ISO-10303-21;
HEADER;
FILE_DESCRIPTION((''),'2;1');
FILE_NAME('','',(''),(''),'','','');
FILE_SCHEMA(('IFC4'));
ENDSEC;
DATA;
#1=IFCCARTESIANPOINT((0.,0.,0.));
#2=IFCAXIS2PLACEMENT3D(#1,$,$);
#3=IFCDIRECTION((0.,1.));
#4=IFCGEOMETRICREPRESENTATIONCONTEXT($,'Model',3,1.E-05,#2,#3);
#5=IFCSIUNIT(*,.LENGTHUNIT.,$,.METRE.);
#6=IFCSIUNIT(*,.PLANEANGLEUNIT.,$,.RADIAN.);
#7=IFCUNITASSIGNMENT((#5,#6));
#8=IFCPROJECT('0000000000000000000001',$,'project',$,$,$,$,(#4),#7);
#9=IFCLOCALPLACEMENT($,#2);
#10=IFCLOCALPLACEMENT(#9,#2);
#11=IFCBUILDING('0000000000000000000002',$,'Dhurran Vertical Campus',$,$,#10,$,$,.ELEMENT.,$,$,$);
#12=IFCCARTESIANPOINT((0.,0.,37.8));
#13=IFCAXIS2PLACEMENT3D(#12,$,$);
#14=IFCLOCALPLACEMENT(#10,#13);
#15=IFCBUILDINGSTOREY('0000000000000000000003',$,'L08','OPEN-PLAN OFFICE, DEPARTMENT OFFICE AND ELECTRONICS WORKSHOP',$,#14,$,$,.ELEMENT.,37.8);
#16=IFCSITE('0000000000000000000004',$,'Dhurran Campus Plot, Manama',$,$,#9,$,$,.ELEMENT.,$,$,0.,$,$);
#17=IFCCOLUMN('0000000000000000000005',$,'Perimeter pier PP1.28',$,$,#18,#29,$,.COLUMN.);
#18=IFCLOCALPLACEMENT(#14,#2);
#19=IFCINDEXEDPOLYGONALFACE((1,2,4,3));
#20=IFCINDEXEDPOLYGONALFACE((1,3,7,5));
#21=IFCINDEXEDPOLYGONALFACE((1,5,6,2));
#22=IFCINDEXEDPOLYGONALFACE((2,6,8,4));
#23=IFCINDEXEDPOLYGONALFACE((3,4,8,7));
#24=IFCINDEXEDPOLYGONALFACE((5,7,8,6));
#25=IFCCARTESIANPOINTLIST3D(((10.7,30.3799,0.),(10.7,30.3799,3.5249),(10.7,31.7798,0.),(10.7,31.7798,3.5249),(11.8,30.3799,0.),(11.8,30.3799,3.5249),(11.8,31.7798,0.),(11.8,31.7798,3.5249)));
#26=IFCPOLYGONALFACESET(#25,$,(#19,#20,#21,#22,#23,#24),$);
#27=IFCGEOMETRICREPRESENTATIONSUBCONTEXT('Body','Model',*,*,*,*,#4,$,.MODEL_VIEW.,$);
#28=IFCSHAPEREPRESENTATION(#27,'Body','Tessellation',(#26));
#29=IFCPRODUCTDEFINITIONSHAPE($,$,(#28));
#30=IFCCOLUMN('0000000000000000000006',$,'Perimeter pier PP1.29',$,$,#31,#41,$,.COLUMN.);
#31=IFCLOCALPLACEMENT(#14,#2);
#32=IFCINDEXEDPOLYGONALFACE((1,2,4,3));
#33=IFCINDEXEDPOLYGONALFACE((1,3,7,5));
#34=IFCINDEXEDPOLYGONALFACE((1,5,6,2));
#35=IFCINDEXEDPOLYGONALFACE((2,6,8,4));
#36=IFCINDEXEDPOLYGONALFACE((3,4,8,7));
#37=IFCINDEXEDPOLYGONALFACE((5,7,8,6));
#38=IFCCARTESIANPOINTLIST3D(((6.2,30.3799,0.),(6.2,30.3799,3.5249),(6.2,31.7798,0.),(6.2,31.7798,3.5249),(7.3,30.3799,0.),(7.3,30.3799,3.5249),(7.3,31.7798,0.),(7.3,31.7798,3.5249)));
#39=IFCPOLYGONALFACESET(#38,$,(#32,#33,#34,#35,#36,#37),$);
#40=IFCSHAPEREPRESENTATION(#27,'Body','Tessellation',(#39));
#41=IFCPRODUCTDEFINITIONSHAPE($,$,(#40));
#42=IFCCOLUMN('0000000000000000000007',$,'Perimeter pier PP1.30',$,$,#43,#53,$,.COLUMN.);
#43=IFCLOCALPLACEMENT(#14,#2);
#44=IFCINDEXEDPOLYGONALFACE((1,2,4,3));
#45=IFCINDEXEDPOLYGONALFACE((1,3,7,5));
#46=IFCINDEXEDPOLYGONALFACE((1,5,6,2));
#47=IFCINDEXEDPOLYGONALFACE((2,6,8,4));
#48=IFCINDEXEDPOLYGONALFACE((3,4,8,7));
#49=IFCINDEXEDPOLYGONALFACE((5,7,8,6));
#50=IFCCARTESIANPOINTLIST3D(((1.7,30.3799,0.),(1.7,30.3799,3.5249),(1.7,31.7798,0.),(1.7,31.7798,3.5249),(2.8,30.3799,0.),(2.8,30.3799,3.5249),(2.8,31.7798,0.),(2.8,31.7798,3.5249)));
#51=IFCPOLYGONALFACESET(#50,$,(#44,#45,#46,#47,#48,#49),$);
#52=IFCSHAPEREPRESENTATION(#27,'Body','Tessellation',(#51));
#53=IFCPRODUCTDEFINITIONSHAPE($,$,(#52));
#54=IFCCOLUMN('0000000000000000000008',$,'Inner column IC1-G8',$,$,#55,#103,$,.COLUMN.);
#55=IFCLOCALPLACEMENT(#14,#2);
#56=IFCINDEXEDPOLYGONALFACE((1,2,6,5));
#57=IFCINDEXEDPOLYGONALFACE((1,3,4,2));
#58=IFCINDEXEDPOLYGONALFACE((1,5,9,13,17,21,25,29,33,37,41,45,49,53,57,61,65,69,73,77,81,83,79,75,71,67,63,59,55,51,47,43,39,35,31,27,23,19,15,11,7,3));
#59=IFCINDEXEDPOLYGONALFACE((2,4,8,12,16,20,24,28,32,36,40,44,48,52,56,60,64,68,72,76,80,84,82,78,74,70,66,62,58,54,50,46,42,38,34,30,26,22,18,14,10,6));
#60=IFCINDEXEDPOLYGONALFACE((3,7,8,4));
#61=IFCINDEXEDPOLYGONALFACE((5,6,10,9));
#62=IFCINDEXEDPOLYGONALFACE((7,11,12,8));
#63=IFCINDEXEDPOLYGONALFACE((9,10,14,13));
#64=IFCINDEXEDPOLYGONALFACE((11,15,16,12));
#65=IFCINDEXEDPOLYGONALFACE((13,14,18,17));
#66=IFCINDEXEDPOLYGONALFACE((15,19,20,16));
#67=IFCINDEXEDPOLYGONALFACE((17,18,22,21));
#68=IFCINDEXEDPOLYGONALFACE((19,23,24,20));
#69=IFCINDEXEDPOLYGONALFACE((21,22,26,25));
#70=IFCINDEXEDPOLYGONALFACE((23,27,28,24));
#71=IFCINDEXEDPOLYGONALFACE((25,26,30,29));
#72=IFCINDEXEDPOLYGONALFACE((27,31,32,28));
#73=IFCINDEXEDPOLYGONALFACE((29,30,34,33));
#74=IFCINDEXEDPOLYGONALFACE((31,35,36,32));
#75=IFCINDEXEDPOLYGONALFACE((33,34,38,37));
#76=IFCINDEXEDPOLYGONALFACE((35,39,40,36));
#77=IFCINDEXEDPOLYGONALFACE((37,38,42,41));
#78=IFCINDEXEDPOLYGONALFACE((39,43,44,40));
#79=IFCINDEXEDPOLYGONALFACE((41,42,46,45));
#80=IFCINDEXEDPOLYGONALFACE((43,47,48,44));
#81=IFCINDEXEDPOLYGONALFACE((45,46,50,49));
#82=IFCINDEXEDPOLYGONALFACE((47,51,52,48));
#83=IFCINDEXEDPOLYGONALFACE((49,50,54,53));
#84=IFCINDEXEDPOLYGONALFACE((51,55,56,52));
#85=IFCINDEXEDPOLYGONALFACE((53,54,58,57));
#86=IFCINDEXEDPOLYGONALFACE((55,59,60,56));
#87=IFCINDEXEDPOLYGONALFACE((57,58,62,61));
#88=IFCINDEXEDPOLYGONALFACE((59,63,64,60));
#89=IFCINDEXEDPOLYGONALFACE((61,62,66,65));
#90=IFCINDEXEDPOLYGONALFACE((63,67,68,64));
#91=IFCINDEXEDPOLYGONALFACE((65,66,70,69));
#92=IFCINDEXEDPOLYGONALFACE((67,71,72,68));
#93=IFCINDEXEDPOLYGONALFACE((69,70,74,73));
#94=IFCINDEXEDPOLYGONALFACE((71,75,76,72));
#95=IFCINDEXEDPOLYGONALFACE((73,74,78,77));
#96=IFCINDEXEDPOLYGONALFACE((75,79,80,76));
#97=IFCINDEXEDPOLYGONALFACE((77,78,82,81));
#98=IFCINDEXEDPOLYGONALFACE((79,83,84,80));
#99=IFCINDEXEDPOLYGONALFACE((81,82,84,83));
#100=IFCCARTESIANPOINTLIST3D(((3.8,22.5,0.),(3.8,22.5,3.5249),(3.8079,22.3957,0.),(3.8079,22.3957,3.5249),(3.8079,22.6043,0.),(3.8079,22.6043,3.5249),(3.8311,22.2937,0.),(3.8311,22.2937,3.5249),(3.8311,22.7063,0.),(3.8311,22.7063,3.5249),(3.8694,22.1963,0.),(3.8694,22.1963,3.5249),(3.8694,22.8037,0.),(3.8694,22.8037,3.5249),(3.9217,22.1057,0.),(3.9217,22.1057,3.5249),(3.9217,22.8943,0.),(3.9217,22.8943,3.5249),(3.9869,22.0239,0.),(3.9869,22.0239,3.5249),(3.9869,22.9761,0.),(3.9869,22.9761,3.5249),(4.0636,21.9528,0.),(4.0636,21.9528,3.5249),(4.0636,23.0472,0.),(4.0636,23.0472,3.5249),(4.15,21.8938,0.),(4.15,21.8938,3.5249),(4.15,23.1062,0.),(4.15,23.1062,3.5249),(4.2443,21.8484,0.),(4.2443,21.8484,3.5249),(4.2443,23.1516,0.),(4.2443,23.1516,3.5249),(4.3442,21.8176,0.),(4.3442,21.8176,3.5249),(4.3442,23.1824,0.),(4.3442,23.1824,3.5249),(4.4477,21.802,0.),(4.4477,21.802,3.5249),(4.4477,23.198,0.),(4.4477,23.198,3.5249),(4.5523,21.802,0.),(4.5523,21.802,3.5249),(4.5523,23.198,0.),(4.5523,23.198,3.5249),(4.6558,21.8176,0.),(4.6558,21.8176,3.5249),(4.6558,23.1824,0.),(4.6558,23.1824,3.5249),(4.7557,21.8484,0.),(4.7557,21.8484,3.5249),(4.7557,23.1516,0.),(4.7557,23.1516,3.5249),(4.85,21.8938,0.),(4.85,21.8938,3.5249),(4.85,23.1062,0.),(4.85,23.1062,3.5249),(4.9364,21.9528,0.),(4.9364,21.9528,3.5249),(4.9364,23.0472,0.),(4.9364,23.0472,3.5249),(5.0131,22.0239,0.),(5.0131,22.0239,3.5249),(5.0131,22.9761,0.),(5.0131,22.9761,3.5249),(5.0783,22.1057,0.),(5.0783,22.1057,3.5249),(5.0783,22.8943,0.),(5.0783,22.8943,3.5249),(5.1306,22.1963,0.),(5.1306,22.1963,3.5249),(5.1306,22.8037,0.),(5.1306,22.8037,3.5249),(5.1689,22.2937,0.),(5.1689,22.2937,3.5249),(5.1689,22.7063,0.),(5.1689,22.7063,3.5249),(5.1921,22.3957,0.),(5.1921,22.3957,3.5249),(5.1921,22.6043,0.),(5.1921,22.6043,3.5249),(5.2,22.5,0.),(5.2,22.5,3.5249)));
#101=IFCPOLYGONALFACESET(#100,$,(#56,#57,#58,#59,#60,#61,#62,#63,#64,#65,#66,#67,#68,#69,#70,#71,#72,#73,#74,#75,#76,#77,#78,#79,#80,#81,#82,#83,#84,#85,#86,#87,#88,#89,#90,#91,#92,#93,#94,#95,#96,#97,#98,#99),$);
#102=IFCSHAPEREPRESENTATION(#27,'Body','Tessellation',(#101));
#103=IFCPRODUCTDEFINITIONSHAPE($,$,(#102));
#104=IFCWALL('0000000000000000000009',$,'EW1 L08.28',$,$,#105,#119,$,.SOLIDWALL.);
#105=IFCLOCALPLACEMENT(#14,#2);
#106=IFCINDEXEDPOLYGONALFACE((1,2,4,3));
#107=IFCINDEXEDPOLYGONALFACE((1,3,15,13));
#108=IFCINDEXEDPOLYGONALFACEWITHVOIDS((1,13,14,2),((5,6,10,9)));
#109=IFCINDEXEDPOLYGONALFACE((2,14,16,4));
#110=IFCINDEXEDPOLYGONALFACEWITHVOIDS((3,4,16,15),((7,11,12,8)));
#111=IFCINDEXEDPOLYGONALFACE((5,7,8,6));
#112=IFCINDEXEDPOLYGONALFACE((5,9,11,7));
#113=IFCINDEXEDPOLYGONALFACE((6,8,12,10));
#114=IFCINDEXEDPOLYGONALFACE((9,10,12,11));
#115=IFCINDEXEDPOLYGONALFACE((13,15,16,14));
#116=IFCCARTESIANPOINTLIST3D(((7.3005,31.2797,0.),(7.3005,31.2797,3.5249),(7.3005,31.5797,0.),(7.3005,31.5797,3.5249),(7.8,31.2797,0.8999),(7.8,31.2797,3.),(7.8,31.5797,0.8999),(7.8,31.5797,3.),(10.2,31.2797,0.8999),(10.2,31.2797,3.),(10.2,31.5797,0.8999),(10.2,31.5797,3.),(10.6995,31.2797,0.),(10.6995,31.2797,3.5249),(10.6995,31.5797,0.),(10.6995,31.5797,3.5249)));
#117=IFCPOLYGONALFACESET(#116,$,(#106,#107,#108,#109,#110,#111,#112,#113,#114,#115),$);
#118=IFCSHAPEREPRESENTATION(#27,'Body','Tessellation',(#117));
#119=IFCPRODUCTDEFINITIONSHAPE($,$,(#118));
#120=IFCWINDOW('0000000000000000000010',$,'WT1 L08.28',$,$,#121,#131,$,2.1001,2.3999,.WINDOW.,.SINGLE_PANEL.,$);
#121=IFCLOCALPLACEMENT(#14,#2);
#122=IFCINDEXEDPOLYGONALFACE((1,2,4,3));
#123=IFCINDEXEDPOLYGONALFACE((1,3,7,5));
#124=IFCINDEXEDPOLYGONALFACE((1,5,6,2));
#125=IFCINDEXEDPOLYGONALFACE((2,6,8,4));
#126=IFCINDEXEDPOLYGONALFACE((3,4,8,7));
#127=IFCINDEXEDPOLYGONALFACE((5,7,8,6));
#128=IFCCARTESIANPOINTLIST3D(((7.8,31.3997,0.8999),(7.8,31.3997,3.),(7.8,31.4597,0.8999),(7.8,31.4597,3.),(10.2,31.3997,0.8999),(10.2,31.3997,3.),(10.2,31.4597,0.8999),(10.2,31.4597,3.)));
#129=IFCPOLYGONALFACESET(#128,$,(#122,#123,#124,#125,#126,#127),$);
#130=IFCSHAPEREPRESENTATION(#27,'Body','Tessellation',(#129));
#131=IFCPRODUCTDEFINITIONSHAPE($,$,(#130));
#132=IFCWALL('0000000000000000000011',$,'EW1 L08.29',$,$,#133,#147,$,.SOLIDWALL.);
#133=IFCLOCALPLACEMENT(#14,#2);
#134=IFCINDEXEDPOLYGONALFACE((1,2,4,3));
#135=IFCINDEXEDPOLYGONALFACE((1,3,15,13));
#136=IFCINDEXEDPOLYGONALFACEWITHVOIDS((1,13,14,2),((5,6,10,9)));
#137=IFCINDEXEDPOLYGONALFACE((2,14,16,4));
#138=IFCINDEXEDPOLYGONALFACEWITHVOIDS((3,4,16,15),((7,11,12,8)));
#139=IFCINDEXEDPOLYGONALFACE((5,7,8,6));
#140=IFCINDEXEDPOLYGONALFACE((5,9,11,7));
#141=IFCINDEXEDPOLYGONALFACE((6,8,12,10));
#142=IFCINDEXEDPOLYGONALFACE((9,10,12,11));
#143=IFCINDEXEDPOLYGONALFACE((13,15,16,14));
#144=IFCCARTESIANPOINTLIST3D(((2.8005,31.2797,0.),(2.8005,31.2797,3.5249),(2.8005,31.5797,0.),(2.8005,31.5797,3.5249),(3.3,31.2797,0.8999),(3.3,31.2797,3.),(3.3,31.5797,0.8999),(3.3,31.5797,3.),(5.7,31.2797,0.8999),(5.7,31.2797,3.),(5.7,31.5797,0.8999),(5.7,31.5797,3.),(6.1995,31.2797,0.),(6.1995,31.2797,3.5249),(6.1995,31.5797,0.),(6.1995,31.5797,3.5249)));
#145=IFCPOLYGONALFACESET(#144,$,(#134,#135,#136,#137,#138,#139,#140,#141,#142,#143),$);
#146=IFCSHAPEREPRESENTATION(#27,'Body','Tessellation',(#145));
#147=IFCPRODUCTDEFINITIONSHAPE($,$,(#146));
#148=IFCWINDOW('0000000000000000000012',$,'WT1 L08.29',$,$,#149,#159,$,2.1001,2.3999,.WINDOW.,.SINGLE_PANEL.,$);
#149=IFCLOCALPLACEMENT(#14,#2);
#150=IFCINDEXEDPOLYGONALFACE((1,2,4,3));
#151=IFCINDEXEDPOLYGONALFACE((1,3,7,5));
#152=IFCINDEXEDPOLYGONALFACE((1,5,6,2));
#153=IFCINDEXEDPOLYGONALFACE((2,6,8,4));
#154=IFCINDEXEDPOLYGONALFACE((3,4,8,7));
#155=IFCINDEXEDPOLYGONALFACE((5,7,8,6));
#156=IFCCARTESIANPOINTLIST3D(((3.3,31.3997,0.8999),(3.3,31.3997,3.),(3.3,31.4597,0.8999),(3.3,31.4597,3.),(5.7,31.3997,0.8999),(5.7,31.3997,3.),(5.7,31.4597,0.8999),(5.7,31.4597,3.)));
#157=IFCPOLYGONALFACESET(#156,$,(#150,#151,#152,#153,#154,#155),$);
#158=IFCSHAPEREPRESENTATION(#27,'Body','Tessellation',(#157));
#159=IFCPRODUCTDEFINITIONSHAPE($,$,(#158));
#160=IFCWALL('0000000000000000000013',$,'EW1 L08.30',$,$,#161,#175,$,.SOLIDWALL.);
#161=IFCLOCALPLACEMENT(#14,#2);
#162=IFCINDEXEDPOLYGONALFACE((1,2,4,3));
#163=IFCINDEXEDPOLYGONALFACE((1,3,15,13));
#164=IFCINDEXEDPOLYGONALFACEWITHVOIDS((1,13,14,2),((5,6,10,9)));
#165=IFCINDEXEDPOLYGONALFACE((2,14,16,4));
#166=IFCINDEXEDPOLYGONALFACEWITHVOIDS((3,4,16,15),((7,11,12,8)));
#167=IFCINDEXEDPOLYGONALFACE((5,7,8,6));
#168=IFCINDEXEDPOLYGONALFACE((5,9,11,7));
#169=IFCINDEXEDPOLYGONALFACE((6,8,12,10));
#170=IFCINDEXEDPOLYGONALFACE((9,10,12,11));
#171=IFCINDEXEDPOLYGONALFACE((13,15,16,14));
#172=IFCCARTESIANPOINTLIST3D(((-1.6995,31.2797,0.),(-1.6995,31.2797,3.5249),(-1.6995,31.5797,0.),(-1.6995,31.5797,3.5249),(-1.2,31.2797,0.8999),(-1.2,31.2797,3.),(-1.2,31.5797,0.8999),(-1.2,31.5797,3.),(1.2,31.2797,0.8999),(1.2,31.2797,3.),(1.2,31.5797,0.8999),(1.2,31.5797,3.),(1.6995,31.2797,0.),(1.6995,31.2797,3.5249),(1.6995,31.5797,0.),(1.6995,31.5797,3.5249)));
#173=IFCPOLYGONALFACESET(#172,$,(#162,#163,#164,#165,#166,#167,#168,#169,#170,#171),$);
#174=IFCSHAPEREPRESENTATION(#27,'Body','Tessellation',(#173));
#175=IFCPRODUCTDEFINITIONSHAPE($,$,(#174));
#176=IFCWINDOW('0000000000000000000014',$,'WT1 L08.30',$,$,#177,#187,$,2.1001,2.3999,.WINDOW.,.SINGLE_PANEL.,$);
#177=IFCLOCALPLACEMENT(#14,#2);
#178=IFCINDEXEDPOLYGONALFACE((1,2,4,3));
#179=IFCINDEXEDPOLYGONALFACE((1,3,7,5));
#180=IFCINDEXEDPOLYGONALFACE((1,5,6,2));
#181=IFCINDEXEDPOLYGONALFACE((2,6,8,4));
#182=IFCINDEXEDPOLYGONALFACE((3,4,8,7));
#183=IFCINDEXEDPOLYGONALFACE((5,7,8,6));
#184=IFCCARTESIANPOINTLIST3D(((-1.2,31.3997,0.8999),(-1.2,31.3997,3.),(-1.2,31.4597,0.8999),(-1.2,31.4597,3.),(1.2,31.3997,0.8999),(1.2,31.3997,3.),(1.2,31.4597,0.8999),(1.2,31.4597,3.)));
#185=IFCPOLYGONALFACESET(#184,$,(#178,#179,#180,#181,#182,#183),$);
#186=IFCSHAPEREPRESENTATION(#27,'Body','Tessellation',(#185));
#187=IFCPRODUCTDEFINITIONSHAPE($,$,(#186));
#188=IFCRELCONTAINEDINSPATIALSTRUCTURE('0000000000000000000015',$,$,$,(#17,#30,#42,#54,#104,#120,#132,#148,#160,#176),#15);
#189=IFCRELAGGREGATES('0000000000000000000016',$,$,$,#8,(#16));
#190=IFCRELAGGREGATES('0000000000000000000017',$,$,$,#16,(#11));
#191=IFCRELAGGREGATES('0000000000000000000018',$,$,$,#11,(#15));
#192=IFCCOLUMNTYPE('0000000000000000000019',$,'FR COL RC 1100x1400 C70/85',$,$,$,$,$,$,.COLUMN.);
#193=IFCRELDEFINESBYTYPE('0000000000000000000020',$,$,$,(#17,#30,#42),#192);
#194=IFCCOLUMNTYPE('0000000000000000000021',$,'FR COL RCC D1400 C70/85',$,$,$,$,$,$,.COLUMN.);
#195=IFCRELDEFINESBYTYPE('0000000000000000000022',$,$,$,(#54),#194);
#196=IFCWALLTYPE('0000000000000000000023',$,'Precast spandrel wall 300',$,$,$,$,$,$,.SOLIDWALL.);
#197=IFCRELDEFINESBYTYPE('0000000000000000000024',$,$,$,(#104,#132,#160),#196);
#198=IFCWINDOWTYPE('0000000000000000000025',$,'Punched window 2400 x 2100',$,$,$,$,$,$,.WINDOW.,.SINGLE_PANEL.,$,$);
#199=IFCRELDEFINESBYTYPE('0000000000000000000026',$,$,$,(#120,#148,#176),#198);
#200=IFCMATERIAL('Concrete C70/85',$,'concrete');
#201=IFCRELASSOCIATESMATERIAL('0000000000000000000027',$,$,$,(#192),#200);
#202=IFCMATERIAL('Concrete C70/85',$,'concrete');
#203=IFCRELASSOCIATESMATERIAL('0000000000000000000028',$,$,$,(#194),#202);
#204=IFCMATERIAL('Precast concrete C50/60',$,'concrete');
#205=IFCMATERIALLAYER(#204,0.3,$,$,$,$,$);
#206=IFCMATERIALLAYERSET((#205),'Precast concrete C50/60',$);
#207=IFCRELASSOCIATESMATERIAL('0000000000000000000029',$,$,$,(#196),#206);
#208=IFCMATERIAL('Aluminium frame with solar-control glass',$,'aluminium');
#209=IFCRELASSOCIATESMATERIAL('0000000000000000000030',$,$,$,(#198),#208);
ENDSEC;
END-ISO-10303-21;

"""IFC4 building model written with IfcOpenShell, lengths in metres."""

from ifc_helpers import new_model, si_unit, direction, frame, frame_2d, origin, origin_2d, place, context, subcontext, project, spatial, rectangle, circle, extrude, material, layer, layer_set, material_profile, profile_set, type_object, element, fill, save


model = new_model("IFC4")

# Units and contexts
model_context = context("Model", 3, precision=1e-05, world=origin(), true_north=direction((0.0, 1.0)))
body_context = subcontext(model_context, "Body", "Model", "MODEL_VIEW")
ifc_project = project(units=[si_unit("LENGTHUNIT", "METRE"), si_unit("PLANEANGLEUNIT", "RADIAN")], contexts=[model_context])

# Site, building, storey
site_placement = place(None, origin())
site = spatial("IfcSite", under=ifc_project, at=site_placement, Name="Dhurran Campus Plot, Manama", CompositionType="ELEMENT", RefElevation=0.0)
building_placement = place(site_placement, origin())
building = spatial("IfcBuilding", under=site, at=building_placement, Name="Dhurran Vertical Campus", CompositionType="ELEMENT")
storey_placement = place(building_placement, frame((0.0, 0.0, 37.8)))
storey = spatial("IfcBuildingStorey", under=building, at=storey_placement, Name="L08", Description="OPEN-PLAN OFFICE, DEPARTMENT OFFICE AND ELECTRONICS WORKSHOP", CompositionType="ELEMENT", Elevation=37.8)

# Columns
ifc_material_1 = material(Name="Concrete C70/85", Category="concrete")
ifc_material_profile_1 = material_profile(ifc_material_1, rectangle(XDim=1.1001, YDim=1.3999, at=origin_2d()), Name="RC 1100x1400")
ifc_profile_set_1 = profile_set([ifc_material_profile_1], Name="Concrete C70/85")
column_type_1 = type_object("IfcColumnType", Name="FR COL RC 1100x1400 C70/85", PredefinedType="COLUMN", material=ifc_profile_set_1)
for number, where, z_axis, x_axis, name in (
    (1, (11.25, 31.0798, 0.0), (0.0, 0.0, 1.0), (-1.0, 0.0, 0.0), "Perimeter pier PP1.28"),
    (2, (6.75, 31.0798, 0.0), (0.0, 0.0, 1.0), (-1.0, 0.0, 0.0), "Perimeter pier PP1.29"),
    (3, (2.25, 31.0798, 0.0), (0.0, 0.0, 1.0), (-1.0, 0.0, 0.0), "Perimeter pier PP1.30"),
):
    element("IfcColumn", number, at=place(storey_placement, frame(where, z_axis=z_axis, x_axis=x_axis)), inside=storey, type_object=column_type_1, Name=name, PredefinedType="COLUMN", context=body_context, shape_type="SweptSolid", body=[
        extrude(rectangle(XDim=1.1001, YDim=1.3999, at=origin_2d()), origin(), (0.0, 0.0, 1.0), 3.5249),
    ])
ifc_material_2 = material(Name="Concrete C70/85", Category="concrete")
ifc_material_profile_2 = material_profile(ifc_material_2, circle(Radius=0.7, at=origin_2d()), Name="RCC D1400")
ifc_profile_set_2 = profile_set([ifc_material_profile_2], Name="Concrete C70/85")
column_type_2 = type_object("IfcColumnType", Name="FR COL RCC D1400 C70/85", PredefinedType="COLUMN", material=ifc_profile_set_2)
column_placement = place(storey_placement, frame((4.5, 22.5, 0.0), z_axis=(0.0, 0.0, 1.0), x_axis=(1.0, 0.0, 0.0)))
element("IfcColumn", 4, at=column_placement, inside=storey, type_object=column_type_2, Name="Inner column IC1-G8", PredefinedType="COLUMN", context=body_context, shape_type="SweptSolid", body=[
    extrude(circle(Radius=0.7, at=origin_2d()), origin(), (0.0, 0.0, 1.0), 3.5249),
])

# Walls, openings, windows
ifc_material_3 = material(Name="Precast concrete C50/60", Category="concrete")
ifc_layer_1 = layer(ifc_material_3, 0.3)
ifc_layer_set_1 = layer_set([ifc_layer_1], Name="Precast concrete C50/60")
wall_type_1 = type_object("IfcWallType", Name="Precast spandrel wall 300", PredefinedType="SOLIDWALL", material=ifc_layer_set_1)
wall_1_placement = place(storey_placement, frame((10.6995, 31.4297, 0.0), z_axis=(0.0, 0.0, 1.0), x_axis=(-1.0, 0.0, 0.0)))
wall_1 = element("IfcWall", 5, at=wall_1_placement, inside=storey, type_object=wall_type_1, Name="EW1 L08.28", PredefinedType="SOLIDWALL", context=body_context, shape_type="SweptSolid", body=[
    extrude(rectangle(XDim=3.3989, YDim=0.3, at=frame_2d((1.6995, 0.0))), origin(), (0.0, 0.0, 1.0), 3.5249),
])
opening_1_placement = place(wall_1_placement, frame((0.4995, 0.0, 0.8999)))
opening_1 = element("IfcOpeningElement", 6, at=opening_1_placement, cuts=wall_1, PredefinedType="OPENING", context=body_context, shape_type="SweptSolid", body=[
    extrude(rectangle(XDim=2.3999, YDim=2.1001, at=frame_2d((1.2, 1.05))), frame((0.0, 0.1599, 0.0), z_axis=(0.0, -1.0, 0.0), x_axis=(1.0, 0.0, 0.0)), (0.0, 0.0, 1.0), 0.3201),
])
ifc_material_4 = material(Name="Aluminium frame with solar-control glass", Category="aluminium")
window_type = type_object("IfcWindowType", Name="Punched window 2400 x 2100", PartitioningType="SINGLE_PANEL", PredefinedType="WINDOW", material=ifc_material_4)
window_1_placement = place(opening_1_placement, origin())
window_1 = element("IfcWindow", 7, at=window_1_placement, inside=storey, type_object=window_type, Name="WT1 L08.28", OverallHeight=2.1001, OverallWidth=2.3999, PartitioningType="SINGLE_PANEL", PredefinedType="WINDOW", context=body_context, shape_type="SweptSolid", body=[
    extrude(rectangle(XDim=2.3999, YDim=2.1001, at=frame_2d((1.2, 1.05))), frame((0.0, 0.03, 0.0), z_axis=(0.0, -1.0, 0.0), x_axis=(1.0, 0.0, 0.0)), (0.0, 0.0, 1.0), 0.0601),
])
fill(opening_1, window_1)
wall_2_placement = place(storey_placement, frame((6.1995, 31.4297, 0.0), z_axis=(0.0, 0.0, 1.0), x_axis=(-1.0, 0.0, 0.0)))
wall_2 = element("IfcWall", 8, at=wall_2_placement, inside=storey, type_object=wall_type_1, Name="EW1 L08.29", PredefinedType="SOLIDWALL", context=body_context, shape_type="SweptSolid", body=[
    extrude(rectangle(XDim=3.3989, YDim=0.3, at=frame_2d((1.6995, 0.0))), origin(), (0.0, 0.0, 1.0), 3.5249),
])
opening_2_placement = place(wall_2_placement, frame((0.4995, 0.0, 0.8999)))
opening_2 = element("IfcOpeningElement", 9, at=opening_2_placement, cuts=wall_2, PredefinedType="OPENING", context=body_context, shape_type="SweptSolid", body=[
    extrude(rectangle(XDim=2.3999, YDim=2.1001, at=frame_2d((1.2, 1.05))), frame((0.0, 0.1599, 0.0), z_axis=(0.0, -1.0, 0.0), x_axis=(1.0, 0.0, 0.0)), (0.0, 0.0, 1.0), 0.3201),
])
window_2_placement = place(opening_2_placement, origin())
window_2 = element("IfcWindow", 10, at=window_2_placement, inside=storey, type_object=window_type, Name="WT1 L08.29", OverallHeight=2.1001, OverallWidth=2.3999, PartitioningType="SINGLE_PANEL", PredefinedType="WINDOW", context=body_context, shape_type="SweptSolid", body=[
    extrude(rectangle(XDim=2.3999, YDim=2.1001, at=frame_2d((1.2, 1.05))), frame((0.0, 0.03, 0.0), z_axis=(0.0, -1.0, 0.0), x_axis=(1.0, 0.0, 0.0)), (0.0, 0.0, 1.0), 0.0601),
])
fill(opening_2, window_2)
wall_3_placement = place(storey_placement, frame((1.6995, 31.4297, 0.0), z_axis=(0.0, 0.0, 1.0), x_axis=(-1.0, 0.0, 0.0)))
wall_3 = element("IfcWall", 11, at=wall_3_placement, inside=storey, type_object=wall_type_1, Name="EW1 L08.30", PredefinedType="SOLIDWALL", context=body_context, shape_type="SweptSolid", body=[
    extrude(rectangle(XDim=3.3989, YDim=0.3, at=frame_2d((1.6995, 0.0))), origin(), (0.0, 0.0, 1.0), 3.5249),
])
opening_3_placement = place(wall_3_placement, frame((0.4995, 0.0, 0.8999)))
opening_3 = element("IfcOpeningElement", 12, at=opening_3_placement, cuts=wall_3, PredefinedType="OPENING", context=body_context, shape_type="SweptSolid", body=[
    extrude(rectangle(XDim=2.3999, YDim=2.1001, at=frame_2d((1.2, 1.05))), frame((0.0, 0.1599, 0.0), z_axis=(0.0, -1.0, 0.0), x_axis=(1.0, 0.0, 0.0)), (0.0, 0.0, 1.0), 0.3201),
])
window_3_placement = place(opening_3_placement, origin())
window_3 = element("IfcWindow", 13, at=window_3_placement, inside=storey, type_object=window_type, Name="WT1 L08.30", OverallHeight=2.1001, OverallWidth=2.3999, PartitioningType="SINGLE_PANEL", PredefinedType="WINDOW", context=body_context, shape_type="SweptSolid", body=[
    extrude(rectangle(XDim=2.3999, YDim=2.1001, at=frame_2d((1.2, 1.05))), frame((0.0, 0.03, 0.0), z_axis=(0.0, -1.0, 0.0), x_axis=(1.0, 0.0, 0.0)), (0.0, 0.0, 1.0), 0.0601),
])
fill(opening_3, window_3)

save(model, "model.ifc")
